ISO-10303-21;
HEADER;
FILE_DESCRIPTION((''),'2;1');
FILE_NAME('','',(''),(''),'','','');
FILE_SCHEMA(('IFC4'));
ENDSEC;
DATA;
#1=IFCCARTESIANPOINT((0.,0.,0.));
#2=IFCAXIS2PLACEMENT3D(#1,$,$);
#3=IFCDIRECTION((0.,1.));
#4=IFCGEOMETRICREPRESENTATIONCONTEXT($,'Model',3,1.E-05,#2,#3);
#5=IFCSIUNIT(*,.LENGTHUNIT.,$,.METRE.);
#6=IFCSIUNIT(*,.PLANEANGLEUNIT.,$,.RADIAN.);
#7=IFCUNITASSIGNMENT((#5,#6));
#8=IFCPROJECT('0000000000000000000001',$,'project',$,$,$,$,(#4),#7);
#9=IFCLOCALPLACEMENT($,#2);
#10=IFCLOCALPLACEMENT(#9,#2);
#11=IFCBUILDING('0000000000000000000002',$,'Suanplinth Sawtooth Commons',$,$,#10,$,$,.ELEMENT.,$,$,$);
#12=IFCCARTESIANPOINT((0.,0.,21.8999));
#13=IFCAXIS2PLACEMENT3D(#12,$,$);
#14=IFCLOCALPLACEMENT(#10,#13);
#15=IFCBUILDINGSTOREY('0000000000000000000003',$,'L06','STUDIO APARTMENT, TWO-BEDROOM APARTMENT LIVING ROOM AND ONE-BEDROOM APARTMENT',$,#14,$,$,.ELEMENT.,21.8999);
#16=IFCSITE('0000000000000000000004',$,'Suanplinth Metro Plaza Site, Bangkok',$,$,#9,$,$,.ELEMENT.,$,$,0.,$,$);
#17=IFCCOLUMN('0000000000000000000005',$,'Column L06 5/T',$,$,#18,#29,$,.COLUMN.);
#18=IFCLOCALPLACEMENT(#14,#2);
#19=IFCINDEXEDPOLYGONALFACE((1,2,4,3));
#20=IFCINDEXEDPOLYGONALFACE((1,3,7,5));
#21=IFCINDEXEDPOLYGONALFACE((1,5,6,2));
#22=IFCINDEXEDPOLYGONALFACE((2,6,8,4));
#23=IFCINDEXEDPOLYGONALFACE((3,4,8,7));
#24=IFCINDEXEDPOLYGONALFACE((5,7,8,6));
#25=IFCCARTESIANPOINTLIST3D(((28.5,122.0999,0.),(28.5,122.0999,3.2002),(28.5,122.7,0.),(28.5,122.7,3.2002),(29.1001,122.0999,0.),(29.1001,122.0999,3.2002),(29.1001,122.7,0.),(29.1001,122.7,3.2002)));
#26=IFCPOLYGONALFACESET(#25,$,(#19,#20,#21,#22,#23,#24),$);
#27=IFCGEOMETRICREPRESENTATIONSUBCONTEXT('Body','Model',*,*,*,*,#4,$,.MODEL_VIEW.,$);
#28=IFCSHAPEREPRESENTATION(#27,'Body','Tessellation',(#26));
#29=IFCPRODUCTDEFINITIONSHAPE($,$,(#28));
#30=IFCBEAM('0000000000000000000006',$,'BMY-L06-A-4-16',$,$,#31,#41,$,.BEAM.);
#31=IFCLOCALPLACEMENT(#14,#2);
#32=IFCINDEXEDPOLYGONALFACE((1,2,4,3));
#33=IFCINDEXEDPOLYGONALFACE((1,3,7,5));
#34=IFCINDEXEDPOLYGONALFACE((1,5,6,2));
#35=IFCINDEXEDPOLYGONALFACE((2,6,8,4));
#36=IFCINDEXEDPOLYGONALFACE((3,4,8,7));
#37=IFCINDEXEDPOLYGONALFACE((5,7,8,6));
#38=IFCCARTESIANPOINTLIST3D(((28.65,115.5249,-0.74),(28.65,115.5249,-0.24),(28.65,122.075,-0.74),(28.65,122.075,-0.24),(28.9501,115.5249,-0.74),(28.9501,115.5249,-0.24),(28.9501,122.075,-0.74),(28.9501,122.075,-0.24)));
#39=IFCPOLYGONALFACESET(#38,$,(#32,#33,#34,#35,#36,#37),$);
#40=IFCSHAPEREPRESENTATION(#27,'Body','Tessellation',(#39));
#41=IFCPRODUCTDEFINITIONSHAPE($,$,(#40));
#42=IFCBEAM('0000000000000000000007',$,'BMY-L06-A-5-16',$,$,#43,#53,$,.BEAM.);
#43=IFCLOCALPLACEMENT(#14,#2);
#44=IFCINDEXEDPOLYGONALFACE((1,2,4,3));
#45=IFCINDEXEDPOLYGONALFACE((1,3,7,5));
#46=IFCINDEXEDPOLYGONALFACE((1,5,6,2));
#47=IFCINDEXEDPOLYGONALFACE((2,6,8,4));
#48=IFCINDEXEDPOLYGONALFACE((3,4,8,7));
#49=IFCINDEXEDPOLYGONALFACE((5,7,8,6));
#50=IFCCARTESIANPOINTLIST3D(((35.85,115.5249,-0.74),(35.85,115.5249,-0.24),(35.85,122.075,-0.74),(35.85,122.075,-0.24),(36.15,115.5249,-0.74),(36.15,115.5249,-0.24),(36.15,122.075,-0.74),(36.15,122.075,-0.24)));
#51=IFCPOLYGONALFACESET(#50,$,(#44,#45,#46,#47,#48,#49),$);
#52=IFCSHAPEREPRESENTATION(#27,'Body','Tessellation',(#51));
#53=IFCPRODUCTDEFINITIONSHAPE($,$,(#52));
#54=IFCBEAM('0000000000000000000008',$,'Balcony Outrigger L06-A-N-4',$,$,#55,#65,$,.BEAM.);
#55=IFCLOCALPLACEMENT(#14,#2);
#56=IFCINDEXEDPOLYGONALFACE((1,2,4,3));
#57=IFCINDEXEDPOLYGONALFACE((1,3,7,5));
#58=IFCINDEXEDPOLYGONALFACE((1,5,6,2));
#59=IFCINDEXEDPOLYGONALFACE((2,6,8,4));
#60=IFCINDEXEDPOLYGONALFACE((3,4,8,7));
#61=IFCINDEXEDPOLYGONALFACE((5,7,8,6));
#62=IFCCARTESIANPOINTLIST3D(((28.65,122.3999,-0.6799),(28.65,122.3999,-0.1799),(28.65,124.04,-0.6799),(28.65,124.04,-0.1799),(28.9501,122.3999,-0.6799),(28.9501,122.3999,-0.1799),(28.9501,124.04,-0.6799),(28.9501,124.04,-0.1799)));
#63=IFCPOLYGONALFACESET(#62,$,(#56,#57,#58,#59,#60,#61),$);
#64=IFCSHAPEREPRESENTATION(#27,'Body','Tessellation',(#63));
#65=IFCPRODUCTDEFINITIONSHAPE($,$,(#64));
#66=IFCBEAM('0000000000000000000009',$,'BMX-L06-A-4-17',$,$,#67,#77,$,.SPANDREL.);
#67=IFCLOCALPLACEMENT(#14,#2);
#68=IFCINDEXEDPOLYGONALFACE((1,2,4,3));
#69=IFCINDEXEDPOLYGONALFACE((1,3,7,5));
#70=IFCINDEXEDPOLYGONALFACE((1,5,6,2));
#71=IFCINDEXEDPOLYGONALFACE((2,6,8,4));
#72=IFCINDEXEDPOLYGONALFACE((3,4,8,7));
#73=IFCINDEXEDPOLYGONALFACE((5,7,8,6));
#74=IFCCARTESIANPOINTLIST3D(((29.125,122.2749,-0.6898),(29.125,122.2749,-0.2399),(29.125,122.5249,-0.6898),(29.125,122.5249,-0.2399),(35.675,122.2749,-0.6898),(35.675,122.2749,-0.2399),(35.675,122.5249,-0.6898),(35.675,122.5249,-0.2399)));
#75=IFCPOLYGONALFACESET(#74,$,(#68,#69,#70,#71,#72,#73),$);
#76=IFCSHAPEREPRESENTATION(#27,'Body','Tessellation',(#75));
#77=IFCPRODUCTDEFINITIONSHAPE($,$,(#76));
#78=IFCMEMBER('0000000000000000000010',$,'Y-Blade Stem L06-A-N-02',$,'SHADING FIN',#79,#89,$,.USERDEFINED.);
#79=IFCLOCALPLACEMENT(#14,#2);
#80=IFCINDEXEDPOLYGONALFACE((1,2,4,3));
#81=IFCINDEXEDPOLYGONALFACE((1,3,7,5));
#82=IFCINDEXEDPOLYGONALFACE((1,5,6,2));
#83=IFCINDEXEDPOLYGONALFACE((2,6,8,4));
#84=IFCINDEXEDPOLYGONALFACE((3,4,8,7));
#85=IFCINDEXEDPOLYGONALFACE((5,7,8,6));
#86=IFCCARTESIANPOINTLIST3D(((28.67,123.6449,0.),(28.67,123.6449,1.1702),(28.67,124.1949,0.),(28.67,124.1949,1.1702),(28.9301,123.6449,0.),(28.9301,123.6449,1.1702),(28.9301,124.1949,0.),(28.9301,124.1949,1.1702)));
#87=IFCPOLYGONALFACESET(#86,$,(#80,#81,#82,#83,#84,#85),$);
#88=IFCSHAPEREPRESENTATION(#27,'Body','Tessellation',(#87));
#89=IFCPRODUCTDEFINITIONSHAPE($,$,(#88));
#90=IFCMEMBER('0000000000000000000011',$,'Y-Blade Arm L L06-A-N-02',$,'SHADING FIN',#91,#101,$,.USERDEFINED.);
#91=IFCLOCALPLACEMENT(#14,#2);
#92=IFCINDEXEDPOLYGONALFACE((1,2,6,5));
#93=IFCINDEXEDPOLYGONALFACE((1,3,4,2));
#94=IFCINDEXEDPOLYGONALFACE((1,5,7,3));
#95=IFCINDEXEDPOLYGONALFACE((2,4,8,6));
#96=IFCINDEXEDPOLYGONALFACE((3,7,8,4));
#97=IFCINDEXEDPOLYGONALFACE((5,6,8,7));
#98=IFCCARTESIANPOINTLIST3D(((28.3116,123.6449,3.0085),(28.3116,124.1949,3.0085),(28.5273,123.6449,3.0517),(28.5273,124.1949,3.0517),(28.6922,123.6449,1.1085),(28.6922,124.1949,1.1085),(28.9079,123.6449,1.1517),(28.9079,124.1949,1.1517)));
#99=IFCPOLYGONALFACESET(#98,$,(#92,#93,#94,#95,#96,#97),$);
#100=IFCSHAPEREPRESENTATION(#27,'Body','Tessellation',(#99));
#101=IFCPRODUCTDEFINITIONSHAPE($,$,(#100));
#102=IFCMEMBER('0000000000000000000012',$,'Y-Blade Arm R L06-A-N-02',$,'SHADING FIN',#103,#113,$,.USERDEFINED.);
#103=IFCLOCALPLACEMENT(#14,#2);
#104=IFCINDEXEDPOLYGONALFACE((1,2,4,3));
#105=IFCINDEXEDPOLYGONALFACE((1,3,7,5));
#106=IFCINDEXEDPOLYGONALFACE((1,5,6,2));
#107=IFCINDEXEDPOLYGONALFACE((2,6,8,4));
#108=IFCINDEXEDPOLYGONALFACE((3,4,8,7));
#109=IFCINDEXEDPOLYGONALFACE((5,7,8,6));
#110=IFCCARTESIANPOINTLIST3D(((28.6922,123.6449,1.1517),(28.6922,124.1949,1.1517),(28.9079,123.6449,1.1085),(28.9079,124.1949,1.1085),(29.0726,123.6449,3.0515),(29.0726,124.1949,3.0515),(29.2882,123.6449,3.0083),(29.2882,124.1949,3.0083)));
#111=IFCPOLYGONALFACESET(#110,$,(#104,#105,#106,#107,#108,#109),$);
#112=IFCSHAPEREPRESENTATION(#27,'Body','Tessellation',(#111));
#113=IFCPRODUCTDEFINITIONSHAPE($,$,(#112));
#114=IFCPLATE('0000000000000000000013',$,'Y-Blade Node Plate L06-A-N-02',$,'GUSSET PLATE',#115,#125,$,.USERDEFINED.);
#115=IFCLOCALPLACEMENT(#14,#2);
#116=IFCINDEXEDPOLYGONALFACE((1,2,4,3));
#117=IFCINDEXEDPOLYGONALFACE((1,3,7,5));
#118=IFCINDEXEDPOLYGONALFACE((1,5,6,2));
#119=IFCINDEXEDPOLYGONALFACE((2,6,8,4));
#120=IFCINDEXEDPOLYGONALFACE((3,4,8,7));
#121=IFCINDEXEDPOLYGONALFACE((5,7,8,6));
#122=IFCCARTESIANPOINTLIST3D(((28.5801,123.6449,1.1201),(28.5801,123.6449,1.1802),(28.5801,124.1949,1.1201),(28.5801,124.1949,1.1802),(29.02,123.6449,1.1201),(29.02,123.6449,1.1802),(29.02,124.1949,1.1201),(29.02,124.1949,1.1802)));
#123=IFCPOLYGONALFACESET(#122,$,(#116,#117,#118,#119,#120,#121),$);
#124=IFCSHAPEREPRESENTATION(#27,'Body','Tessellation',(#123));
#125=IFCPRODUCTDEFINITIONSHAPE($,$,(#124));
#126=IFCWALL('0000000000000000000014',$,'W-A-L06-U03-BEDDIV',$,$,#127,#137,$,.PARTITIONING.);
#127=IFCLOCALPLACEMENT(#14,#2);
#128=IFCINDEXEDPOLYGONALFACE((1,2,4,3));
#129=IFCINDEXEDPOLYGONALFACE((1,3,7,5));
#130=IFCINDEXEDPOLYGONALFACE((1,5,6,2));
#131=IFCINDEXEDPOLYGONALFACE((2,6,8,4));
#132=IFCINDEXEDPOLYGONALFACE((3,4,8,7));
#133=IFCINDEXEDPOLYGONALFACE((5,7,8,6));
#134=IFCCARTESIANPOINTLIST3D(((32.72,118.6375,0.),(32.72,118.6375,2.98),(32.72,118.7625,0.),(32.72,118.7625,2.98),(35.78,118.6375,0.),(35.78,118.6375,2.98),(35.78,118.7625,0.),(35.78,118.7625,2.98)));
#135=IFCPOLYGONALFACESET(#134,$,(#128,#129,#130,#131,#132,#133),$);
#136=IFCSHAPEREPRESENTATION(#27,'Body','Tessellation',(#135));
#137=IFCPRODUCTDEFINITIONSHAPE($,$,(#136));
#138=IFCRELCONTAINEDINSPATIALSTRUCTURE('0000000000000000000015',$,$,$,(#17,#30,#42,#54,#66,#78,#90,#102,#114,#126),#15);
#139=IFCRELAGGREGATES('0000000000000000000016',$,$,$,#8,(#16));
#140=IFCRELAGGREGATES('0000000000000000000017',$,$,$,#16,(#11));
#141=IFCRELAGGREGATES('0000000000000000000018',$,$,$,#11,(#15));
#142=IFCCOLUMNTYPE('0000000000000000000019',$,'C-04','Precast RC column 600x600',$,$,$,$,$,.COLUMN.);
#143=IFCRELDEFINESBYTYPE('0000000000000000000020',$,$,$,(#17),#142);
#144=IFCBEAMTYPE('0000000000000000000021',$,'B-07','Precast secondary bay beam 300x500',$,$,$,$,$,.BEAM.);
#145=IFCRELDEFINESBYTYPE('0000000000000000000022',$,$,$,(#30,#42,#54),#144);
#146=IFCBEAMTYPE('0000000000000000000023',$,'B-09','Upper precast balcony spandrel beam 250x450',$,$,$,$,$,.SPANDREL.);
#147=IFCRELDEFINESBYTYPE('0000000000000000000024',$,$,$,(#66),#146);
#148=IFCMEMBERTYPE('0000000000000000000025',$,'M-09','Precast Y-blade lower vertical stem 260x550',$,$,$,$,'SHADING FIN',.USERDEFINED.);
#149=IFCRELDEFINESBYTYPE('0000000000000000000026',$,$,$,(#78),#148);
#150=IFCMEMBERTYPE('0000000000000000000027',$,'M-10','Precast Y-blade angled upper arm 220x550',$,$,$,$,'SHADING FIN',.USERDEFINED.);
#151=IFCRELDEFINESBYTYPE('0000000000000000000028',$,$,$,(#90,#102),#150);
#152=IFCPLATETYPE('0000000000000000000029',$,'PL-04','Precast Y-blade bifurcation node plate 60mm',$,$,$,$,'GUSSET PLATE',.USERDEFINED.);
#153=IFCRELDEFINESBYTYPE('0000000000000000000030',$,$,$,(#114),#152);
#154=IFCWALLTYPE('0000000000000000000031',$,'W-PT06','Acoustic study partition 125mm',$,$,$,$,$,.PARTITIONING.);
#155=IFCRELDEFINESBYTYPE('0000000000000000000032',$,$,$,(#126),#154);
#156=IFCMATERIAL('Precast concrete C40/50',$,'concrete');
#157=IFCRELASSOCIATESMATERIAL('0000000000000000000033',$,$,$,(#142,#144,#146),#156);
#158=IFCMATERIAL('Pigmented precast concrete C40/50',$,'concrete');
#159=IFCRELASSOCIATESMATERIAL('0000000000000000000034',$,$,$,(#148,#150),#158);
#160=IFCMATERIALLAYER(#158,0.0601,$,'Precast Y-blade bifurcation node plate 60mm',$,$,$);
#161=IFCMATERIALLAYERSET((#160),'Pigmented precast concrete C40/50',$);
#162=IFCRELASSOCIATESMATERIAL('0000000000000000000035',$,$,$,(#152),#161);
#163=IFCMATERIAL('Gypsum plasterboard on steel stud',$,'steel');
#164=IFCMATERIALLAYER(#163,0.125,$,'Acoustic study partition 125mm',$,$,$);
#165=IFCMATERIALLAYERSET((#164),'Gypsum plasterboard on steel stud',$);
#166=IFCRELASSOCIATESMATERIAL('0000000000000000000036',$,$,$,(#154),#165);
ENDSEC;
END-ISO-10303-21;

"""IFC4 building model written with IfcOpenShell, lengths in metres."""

from ifc_helpers import new_model, si_unit, direction, frame, frame_2d, origin, origin_2d, place, context, subcontext, project, spatial, rectangle, extrude, material, layer, layer_set, material_profile, profile_set, type_object, element, save


model = new_model("IFC4")

# Units and contexts
model_context = context("Model", 3, precision=1e-05, world=origin(), true_north=direction((0.0, 1.0)))
body_context = subcontext(model_context, "Body", "Model", "MODEL_VIEW")
ifc_project = project(units=[si_unit("LENGTHUNIT", "METRE"), si_unit("PLANEANGLEUNIT", "RADIAN")], contexts=[model_context])

# Site, building, storey
site_placement = place(None, origin())
site = spatial("IfcSite", under=ifc_project, at=site_placement, Name="Suanplinth Metro Plaza Site, Bangkok", CompositionType="ELEMENT", RefElevation=0.0)
building_placement = place(site_placement, origin())
building = spatial("IfcBuilding", under=site, at=building_placement, Name="Suanplinth Sawtooth Commons", CompositionType="ELEMENT")
storey_placement = place(building_placement, frame((0.0, 0.0, 21.8999)))
storey = spatial("IfcBuildingStorey", under=building, at=storey_placement, Name="L06", Description="STUDIO APARTMENT, TWO-BEDROOM APARTMENT LIVING ROOM AND ONE-BEDROOM APARTMENT", CompositionType="ELEMENT", Elevation=21.8999)

# Column
ifc_material_1 = material(Name="Precast concrete C40/50", Category="concrete")
ifc_material_profile_1 = material_profile(ifc_material_1, rectangle(XDim=0.6001, YDim=0.6001, at=origin_2d()), Name="PC-COL 600x600")
ifc_profile_set_1 = profile_set([ifc_material_profile_1], Name="Precast concrete C40/50")
column_type = type_object("IfcColumnType", Name="C-04", Description="Precast RC column 600x600", PredefinedType="COLUMN", material=ifc_profile_set_1)
column_placement = place(storey_placement, frame((28.8, 122.3999, 0.0), z_axis=(0.0, 0.0, 1.0), x_axis=(1.0, 0.0, 0.0)))
element("IfcColumn", 1, at=column_placement, inside=storey, type_object=column_type, Name="Column L06 5/T", PredefinedType="COLUMN", context=body_context, shape_type="SweptSolid", body=[
    extrude(rectangle(XDim=0.6001, YDim=0.6001, at=origin_2d()), origin(), (0.0, 0.0, 1.0), 3.2002),
])

# Beams
ifc_material_profile_2 = material_profile(ifc_material_1, rectangle(XDim=0.3, YDim=0.5, at=origin_2d()), Name="PC-BM 300x500")
ifc_profile_set_2 = profile_set([ifc_material_profile_2], Name="Precast concrete C40/50")
beam_type_1 = type_object("IfcBeamType", Name="B-07", Description="Precast secondary bay beam 300x500", PredefinedType="BEAM", material=ifc_profile_set_2)
for number, where, z_axis, x_axis, name in (
    (2, (28.8, 115.5249, -0.49), (0.0, 1.0, 0.0), (-1.0, 0.0, 0.0), "BMY-L06-A-4-16"),
    (3, (36.0, 115.5249, -0.49), (0.0, 1.0, 0.0), (-1.0, 0.0, 0.0), "BMY-L06-A-5-16"),
):
    element("IfcBeam", number, at=place(storey_placement, frame(where, z_axis=z_axis, x_axis=x_axis)), inside=storey, type_object=beam_type_1, Name=name, PredefinedType="BEAM", context=body_context, shape_type="SweptSolid", body=[
        extrude(rectangle(XDim=0.3, YDim=0.5, at=origin_2d()), origin(), (0.0, 0.0, 1.0), 6.55),
    ])
beam_1_placement = place(storey_placement, frame((28.8, 122.3999, -0.4299), z_axis=(0.0, 1.0, 0.0), x_axis=(-1.0, 0.0, 0.0)))
element("IfcBeam", 4, at=beam_1_placement, inside=storey, type_object=beam_type_1, Name="Balcony Outrigger L06-A-N-4", PredefinedType="BEAM", context=body_context, shape_type="SweptSolid", body=[
    extrude(rectangle(XDim=0.3, YDim=0.5, at=origin_2d()), origin(), (0.0, 0.0, 1.0), 1.6401),
])
ifc_material_profile_3 = material_profile(ifc_material_1, rectangle(XDim=0.25, YDim=0.45, at=origin_2d()), Name="PC-SP 250x450")
ifc_profile_set_3 = profile_set([ifc_material_profile_3], Name="Precast concrete C40/50")
beam_type_2 = type_object("IfcBeamType", Name="B-09", Description="Upper precast balcony spandrel beam 250x450", PredefinedType="SPANDREL", material=ifc_profile_set_3)
beam_2_placement = place(storey_placement, frame((29.125, 122.3999, -0.4648), z_axis=(1.0, 0.0, 0.0), x_axis=(0.0, 1.0, 0.0)))
element("IfcBeam", 5, at=beam_2_placement, inside=storey, type_object=beam_type_2, Name="BMX-L06-A-4-17", PredefinedType="SPANDREL", context=body_context, shape_type="SweptSolid", body=[
    extrude(rectangle(XDim=0.25, YDim=0.45, at=origin_2d()), origin(), (0.0, 0.0, 1.0), 6.55),
])

# Members
ifc_material_2 = material(Name="Pigmented precast concrete C40/50", Category="concrete")
ifc_material_profile_4 = material_profile(ifc_material_2, rectangle(XDim=0.26, YDim=0.55, at=origin_2d()), Name="PC-FIN 260x550")
ifc_profile_set_4 = profile_set([ifc_material_profile_4], Name="Pigmented precast concrete C40/50")
member_type_1 = type_object("IfcMemberType", Name="M-09", Description="Precast Y-blade lower vertical stem 260x550", ElementType="SHADING FIN", PredefinedType="USERDEFINED", material=ifc_profile_set_4)
member_1_placement = place(storey_placement, frame((28.8, 123.9199, 0.0), z_axis=(0.0, 0.0, 1.0), x_axis=(1.0, 0.0, 0.0)))
element("IfcMember", 6, at=member_1_placement, inside=storey, type_object=member_type_1, Name="Y-Blade Stem L06-A-N-02", ObjectType="SHADING FIN", PredefinedType="USERDEFINED", context=body_context, shape_type="SweptSolid", body=[
    extrude(rectangle(XDim=0.26, YDim=0.55, at=origin_2d()), origin(), (0.0, 0.0, 1.0), 1.1702),
])
ifc_material_profile_5 = material_profile(ifc_material_2, rectangle(XDim=0.22, YDim=0.55, at=origin_2d()), Name="PC-FIN 220x550")
ifc_profile_set_5 = profile_set([ifc_material_profile_5], Name="Pigmented precast concrete C40/50")
member_type_2 = type_object("IfcMemberType", Name="M-10", Description="Precast Y-blade angled upper arm 220x550", ElementType="SHADING FIN", PredefinedType="USERDEFINED", material=ifc_profile_set_5)
member_2_placement = place(storey_placement, frame((28.8, 123.9199, 1.1301), z_axis=(-0.196431, 0.0, 0.980518), x_axis=(0.980518, 0.0, 0.196431)))
element("IfcMember", 7, at=member_2_placement, inside=storey, type_object=member_type_2, Name="Y-Blade Arm L L06-A-N-02", ObjectType="SHADING FIN", PredefinedType="USERDEFINED", context=body_context, shape_type="SweptSolid", body=[
    extrude(rectangle(XDim=0.22, YDim=0.55, at=origin_2d()), origin(), (0.0, 0.0, 1.0), 1.9377),
])
member_3_placement = place(storey_placement, frame((28.8, 123.9199, 1.1301), z_axis=(0.19631, 0.0, 0.980542), x_axis=(-0.980542, 0.0, 0.19631)))
element("IfcMember", 8, at=member_3_placement, inside=storey, type_object=member_type_2, Name="Y-Blade Arm R L06-A-N-02", ObjectType="SHADING FIN", PredefinedType="USERDEFINED", context=body_context, shape_type="SweptSolid", body=[
    extrude(rectangle(XDim=0.22, YDim=0.55, at=origin_2d()), origin(), (0.0, 0.0, 1.0), 1.9375),
])

# Plate
ifc_layer_1 = layer(ifc_material_2, 0.0601, Name="Precast Y-blade bifurcation node plate 60mm")
ifc_layer_set_1 = layer_set([ifc_layer_1], Name="Pigmented precast concrete C40/50")
plate_type = type_object("IfcPlateType", Name="PL-04", Description="Precast Y-blade bifurcation node plate 60mm", ElementType="GUSSET PLATE", PredefinedType="USERDEFINED", material=ifc_layer_set_1)
plate_placement = place(storey_placement, frame((28.8, 123.9199, 1.1201), z_axis=(0.0, 0.0, 1.0), x_axis=(1.0, 0.0, 0.0)))
element("IfcPlate", 9, at=plate_placement, inside=storey, type_object=plate_type, Name="Y-Blade Node Plate L06-A-N-02", ObjectType="GUSSET PLATE", PredefinedType="USERDEFINED", context=body_context, shape_type="SweptSolid", body=[
    extrude(rectangle(XDim=0.4399, YDim=0.55, at=origin_2d()), origin(), (0.0, 0.0, 1.0), 0.0601),
])

# Shared definitions
ifc_material_3 = material(Name="Gypsum plasterboard on steel stud", Category="steel")

# Wall
ifc_layer_2 = layer(ifc_material_3, 0.125, Name="Acoustic study partition 125mm")
ifc_layer_set_2 = layer_set([ifc_layer_2], Name="Gypsum plasterboard on steel stud")
wall_type_1 = type_object("IfcWallType", Name="W-PT06", Description="Acoustic study partition 125mm", PredefinedType="PARTITIONING", material=ifc_layer_set_2)
wall_1_placement = place(storey_placement, frame((32.72, 118.7, 0.0), z_axis=(0.0, 0.0, 1.0), x_axis=(1.0, 0.0, 0.0)))
element("IfcWall", 10, at=wall_1_placement, inside=storey, type_object=wall_type_1, Name="W-A-L06-U03-BEDDIV", PredefinedType="PARTITIONING", context=body_context, shape_type="SweptSolid", body=[
    extrude(rectangle(XDim=3.0601, YDim=0.125, at=frame_2d((1.53, 0.0))), origin(), (0.0, 0.0, 1.0), 2.98),
])

save(model, "model.ifc")
